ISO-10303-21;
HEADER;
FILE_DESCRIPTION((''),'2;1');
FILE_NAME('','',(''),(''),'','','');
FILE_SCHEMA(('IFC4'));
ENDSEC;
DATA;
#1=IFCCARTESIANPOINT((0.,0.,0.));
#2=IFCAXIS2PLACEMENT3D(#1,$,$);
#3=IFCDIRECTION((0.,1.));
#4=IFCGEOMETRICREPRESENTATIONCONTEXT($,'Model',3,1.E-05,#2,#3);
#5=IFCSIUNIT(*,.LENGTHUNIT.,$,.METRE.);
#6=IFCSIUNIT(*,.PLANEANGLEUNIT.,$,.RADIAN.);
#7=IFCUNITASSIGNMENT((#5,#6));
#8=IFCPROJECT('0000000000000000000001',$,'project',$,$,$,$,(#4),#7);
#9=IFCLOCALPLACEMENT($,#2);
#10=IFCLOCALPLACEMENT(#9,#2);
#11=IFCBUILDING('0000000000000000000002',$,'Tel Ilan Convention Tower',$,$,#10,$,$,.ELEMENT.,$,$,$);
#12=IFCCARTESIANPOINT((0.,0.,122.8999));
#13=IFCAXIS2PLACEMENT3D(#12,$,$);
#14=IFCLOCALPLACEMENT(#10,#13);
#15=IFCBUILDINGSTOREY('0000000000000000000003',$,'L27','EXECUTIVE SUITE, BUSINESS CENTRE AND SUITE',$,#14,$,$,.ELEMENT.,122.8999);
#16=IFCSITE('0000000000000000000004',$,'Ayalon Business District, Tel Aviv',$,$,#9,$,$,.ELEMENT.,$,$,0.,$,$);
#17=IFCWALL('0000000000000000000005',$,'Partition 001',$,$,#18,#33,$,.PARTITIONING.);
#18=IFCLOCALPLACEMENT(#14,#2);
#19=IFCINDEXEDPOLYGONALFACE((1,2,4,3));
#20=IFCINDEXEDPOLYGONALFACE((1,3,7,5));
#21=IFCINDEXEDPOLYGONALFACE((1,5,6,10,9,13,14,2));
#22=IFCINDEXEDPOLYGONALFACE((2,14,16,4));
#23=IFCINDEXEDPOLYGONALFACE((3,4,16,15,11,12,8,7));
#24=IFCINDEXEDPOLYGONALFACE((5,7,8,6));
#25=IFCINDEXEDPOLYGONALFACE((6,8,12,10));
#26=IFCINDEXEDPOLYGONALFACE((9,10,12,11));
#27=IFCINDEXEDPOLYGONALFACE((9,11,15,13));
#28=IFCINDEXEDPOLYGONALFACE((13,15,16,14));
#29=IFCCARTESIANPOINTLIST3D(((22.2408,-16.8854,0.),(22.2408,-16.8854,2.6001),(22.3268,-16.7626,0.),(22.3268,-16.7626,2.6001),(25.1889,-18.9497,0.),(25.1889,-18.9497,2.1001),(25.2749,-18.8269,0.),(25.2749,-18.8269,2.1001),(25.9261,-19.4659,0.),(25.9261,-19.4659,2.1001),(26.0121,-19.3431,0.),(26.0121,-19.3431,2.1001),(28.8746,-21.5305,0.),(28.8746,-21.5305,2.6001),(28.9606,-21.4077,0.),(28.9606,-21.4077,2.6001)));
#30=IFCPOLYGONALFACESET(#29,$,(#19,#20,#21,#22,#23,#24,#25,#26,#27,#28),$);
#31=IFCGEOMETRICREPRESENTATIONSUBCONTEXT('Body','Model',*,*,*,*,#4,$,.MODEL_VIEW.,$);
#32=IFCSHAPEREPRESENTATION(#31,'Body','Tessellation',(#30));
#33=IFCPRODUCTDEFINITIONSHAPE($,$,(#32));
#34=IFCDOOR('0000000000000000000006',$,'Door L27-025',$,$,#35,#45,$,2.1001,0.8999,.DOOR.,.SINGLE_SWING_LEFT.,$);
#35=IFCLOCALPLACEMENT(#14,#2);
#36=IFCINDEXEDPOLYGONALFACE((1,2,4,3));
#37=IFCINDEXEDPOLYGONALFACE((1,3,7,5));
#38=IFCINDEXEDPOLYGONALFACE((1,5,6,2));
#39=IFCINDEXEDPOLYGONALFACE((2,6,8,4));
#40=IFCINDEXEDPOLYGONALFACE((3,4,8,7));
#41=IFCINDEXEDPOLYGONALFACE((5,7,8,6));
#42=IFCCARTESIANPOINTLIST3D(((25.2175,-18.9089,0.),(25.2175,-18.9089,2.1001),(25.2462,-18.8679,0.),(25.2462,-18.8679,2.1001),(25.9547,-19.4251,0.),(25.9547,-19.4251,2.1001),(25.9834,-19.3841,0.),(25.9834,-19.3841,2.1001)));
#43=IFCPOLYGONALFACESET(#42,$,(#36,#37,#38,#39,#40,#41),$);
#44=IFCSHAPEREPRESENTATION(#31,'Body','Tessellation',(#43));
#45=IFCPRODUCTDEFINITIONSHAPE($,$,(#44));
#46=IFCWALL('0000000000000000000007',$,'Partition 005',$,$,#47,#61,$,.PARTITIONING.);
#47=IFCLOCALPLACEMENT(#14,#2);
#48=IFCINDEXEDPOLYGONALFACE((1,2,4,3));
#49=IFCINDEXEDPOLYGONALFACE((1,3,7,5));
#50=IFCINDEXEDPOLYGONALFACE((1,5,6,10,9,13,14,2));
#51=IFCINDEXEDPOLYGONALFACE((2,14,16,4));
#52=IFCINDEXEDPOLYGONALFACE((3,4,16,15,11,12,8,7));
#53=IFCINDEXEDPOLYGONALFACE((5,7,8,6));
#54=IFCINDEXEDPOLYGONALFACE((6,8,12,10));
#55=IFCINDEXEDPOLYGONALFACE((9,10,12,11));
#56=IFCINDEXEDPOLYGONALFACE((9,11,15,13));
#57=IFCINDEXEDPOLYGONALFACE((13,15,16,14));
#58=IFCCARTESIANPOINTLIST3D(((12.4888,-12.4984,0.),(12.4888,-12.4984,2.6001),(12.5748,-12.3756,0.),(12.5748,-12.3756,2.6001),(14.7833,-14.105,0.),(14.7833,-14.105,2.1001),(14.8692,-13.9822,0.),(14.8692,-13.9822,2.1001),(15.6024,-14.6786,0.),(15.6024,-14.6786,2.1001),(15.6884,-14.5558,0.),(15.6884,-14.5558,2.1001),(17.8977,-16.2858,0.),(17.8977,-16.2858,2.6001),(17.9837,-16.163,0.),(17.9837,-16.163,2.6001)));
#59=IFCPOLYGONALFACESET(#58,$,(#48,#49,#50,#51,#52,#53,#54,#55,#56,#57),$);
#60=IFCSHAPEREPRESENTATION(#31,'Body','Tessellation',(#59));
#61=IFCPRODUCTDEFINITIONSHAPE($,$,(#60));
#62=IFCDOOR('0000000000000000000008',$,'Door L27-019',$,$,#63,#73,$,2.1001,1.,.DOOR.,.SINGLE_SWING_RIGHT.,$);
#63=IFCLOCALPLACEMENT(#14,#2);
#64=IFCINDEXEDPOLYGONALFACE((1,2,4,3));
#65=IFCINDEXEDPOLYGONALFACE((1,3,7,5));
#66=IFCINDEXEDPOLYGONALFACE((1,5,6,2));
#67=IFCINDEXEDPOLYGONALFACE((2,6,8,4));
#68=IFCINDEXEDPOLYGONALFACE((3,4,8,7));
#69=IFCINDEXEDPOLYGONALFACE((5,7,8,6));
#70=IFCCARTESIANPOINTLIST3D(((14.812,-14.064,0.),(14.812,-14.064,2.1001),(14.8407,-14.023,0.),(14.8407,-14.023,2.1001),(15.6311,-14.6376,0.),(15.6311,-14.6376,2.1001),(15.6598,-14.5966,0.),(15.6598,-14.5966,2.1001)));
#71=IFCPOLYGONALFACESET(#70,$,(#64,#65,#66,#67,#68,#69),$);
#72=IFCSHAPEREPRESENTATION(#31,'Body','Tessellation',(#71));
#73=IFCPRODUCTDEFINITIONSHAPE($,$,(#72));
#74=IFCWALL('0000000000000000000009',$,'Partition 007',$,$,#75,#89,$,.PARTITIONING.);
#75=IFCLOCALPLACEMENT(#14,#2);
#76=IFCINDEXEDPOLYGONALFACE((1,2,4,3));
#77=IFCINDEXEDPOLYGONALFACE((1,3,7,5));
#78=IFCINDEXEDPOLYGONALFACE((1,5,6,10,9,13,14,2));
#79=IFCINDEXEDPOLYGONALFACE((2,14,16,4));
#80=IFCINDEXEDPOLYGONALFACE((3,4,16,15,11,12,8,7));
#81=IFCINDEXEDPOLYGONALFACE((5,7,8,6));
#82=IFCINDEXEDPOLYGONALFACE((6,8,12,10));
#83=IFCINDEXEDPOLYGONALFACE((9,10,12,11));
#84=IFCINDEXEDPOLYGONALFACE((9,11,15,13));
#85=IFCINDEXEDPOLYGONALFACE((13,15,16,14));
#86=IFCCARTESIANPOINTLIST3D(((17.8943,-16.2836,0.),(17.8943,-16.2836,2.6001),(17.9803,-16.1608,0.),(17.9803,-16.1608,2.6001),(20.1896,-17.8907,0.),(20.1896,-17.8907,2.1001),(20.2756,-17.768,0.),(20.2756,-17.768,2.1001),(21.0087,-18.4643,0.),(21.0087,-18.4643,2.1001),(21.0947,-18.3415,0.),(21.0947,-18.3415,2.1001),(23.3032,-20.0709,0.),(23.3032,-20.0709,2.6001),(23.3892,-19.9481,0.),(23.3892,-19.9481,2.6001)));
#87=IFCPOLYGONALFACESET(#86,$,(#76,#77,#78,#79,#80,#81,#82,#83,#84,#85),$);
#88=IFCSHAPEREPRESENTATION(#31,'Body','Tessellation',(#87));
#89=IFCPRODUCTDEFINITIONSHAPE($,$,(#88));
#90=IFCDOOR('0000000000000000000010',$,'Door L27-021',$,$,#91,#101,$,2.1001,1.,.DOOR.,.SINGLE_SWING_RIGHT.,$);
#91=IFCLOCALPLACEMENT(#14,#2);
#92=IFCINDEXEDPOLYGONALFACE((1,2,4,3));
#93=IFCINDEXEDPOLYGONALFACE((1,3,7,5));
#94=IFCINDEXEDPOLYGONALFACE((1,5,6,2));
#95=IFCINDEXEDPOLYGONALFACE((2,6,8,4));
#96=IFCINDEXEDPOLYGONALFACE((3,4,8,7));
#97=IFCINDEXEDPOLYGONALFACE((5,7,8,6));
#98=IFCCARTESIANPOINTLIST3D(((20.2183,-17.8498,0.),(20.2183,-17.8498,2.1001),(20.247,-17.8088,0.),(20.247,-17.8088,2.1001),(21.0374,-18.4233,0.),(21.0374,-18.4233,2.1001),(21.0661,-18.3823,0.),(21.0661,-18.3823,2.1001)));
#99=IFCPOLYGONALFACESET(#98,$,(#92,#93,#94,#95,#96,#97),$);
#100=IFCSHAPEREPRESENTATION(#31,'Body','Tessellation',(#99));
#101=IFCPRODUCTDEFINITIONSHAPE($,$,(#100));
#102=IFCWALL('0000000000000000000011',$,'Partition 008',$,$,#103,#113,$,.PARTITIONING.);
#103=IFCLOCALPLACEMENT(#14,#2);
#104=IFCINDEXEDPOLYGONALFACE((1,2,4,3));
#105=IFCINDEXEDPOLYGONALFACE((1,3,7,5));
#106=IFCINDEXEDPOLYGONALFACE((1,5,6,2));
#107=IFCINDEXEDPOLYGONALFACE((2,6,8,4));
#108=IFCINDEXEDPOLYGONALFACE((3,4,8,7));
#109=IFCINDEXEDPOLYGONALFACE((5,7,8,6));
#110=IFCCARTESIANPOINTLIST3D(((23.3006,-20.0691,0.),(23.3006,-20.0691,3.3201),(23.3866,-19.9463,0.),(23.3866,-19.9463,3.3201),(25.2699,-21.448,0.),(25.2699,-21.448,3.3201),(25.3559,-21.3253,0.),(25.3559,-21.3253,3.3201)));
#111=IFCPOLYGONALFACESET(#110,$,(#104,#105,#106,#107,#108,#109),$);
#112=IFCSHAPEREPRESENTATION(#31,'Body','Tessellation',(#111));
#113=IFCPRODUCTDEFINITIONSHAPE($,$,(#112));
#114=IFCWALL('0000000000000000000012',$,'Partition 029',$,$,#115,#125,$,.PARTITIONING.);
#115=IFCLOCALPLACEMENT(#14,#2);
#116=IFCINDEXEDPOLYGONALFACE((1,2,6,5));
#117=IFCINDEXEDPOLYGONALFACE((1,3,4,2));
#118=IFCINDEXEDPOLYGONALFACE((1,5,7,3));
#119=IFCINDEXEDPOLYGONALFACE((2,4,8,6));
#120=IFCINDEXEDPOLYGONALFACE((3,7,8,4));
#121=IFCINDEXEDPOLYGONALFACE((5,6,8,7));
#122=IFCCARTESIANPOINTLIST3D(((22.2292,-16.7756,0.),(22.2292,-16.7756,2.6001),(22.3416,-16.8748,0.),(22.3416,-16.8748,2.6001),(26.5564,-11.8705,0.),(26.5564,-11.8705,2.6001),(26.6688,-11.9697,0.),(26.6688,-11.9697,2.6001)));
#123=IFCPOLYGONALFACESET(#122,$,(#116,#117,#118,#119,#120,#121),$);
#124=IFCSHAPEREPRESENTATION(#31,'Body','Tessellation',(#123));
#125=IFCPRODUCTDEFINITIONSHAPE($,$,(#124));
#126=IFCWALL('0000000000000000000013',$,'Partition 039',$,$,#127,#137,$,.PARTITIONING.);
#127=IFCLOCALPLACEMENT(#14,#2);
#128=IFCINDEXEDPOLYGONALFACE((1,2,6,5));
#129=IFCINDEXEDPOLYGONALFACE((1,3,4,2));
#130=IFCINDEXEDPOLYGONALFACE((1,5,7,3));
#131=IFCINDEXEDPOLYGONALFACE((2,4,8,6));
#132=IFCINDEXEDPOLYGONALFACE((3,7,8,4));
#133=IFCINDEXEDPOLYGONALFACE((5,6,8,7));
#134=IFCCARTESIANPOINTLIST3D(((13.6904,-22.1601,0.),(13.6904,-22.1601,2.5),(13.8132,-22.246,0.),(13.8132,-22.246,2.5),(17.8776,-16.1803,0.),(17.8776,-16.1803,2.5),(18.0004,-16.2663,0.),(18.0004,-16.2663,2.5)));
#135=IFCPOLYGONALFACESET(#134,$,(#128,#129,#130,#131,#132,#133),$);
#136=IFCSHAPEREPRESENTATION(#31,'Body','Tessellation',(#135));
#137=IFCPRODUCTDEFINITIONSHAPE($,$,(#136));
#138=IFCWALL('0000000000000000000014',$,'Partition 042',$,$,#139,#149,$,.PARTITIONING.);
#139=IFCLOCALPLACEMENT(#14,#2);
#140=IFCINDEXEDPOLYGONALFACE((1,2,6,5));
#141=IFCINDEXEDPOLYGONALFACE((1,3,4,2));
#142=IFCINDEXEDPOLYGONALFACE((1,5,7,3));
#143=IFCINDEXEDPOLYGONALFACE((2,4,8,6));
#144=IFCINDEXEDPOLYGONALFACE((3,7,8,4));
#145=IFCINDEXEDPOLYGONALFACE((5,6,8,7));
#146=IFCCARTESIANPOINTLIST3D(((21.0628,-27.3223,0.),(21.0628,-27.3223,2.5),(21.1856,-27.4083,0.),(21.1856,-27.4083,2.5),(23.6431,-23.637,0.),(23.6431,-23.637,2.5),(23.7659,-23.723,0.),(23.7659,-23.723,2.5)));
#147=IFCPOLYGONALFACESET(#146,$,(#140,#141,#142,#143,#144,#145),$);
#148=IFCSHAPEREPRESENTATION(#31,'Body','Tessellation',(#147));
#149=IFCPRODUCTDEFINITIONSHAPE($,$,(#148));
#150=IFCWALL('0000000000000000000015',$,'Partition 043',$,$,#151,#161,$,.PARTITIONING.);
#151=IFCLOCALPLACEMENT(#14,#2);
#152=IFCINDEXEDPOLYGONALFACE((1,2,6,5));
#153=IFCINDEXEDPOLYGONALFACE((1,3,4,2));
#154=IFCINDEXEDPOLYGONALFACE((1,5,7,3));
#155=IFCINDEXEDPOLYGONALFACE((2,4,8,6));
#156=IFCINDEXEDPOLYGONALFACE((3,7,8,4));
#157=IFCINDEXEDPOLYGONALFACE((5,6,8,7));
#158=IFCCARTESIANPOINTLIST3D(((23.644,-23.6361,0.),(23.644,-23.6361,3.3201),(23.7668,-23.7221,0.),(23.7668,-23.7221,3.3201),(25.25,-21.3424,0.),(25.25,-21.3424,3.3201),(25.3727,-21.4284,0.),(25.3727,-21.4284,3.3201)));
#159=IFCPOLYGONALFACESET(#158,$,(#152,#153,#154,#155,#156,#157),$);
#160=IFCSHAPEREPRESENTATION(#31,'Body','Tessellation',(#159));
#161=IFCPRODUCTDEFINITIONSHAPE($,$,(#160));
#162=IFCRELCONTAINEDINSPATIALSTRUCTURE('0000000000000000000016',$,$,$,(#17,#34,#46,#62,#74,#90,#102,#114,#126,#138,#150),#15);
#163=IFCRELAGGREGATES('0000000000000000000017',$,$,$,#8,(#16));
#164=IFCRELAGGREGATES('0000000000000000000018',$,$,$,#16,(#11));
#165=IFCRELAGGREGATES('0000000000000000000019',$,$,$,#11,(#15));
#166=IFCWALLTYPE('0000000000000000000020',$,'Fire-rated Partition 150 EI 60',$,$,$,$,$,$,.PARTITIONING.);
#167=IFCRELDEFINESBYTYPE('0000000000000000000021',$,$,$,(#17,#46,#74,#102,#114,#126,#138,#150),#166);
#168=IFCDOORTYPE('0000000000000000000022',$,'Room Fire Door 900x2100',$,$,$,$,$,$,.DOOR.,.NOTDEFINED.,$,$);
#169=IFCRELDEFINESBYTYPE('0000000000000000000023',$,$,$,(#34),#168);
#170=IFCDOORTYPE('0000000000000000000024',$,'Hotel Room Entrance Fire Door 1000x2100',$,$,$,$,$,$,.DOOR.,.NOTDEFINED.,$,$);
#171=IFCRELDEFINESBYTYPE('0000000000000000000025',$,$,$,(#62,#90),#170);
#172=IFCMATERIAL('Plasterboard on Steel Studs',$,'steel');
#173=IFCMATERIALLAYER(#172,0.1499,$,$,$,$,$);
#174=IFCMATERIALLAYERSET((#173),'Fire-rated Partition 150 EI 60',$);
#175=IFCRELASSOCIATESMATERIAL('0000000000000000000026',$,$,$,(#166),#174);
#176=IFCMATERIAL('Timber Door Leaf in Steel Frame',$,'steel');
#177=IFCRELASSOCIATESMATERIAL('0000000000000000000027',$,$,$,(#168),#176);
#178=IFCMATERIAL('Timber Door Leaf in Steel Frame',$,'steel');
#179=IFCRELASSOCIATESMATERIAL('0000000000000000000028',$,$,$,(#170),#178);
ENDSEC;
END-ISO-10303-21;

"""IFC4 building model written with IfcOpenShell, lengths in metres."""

from ifc_helpers import new_model, si_unit, direction, frame, frame_2d, origin, place, context, subcontext, project, spatial, rectangle, extrude, material, layer, layer_set, type_object, element, fill, save


model = new_model("IFC4")

# Units and contexts
model_context = context("Model", 3, precision=1e-05, world=origin(), true_north=direction((0.0, 1.0)))
body_context = subcontext(model_context, "Body", "Model", "MODEL_VIEW")
ifc_project = project(units=[si_unit("LENGTHUNIT", "METRE"), si_unit("PLANEANGLEUNIT", "RADIAN")], contexts=[model_context])

# Site, building, storey
site_placement = place(None, origin())
site = spatial("IfcSite", under=ifc_project, at=site_placement, Name="Ayalon Business District, Tel Aviv", CompositionType="ELEMENT", RefElevation=0.0)
building_placement = place(site_placement, origin())
building = spatial("IfcBuilding", under=site, at=building_placement, Name="Tel Ilan Convention Tower", CompositionType="ELEMENT")
storey_placement = place(building_placement, frame((0.0, 0.0, 122.8999)))
storey = spatial("IfcBuildingStorey", under=building, at=storey_placement, Name="L27", Description="EXECUTIVE SUITE, BUSINESS CENTRE AND SUITE", CompositionType="ELEMENT", Elevation=122.8999)

# Walls, openings, doors
ifc_material_1 = material(Name="Plasterboard on Steel Studs", Category="steel")
ifc_layer_1 = layer(ifc_material_1, 0.1499)
ifc_layer_set_1 = layer_set([ifc_layer_1], Name="Fire-rated Partition 150 EI 60")
wall_type_1 = type_object("IfcWallType", Name="Fire-rated Partition 150 EI 60", PredefinedType="PARTITIONING", material=ifc_layer_set_1)
wall_1_placement = place(storey_placement, frame((22.2837, -16.824, 0.0), z_axis=(0.0, 0.0, 1.0), x_axis=(0.819153, -0.573576, 0.0)))
wall_1 = element("IfcWall", 1, at=wall_1_placement, inside=storey, type_object=wall_type_1, Name="Partition 001", PredefinedType="PARTITIONING", context=body_context, shape_type="SweptSolid", body=[
    extrude(rectangle(XDim=8.0984, YDim=0.1499, at=frame_2d((4.0493, 0.0))), origin(), (0.0, 0.0, 1.0), 2.6001),
])
opening_1_placement = place(wall_1_placement, frame((3.5991, 0.0, 0.0)))
opening_1 = element("IfcOpeningElement", 2, at=opening_1_placement, cuts=wall_1, PredefinedType="OPENING", context=body_context, shape_type="SweptSolid", body=[
    extrude(rectangle(XDim=0.8999, YDim=2.1001, at=frame_2d((0.45, 1.05))), frame((0.0, 0.085, 0.0), z_axis=(0.0, -1.0, 0.0), x_axis=(1.0, 0.0, 0.0)), (0.0, 0.0, 1.0), 0.1699),
])
ifc_material_2 = material(Name="Timber Door Leaf in Steel Frame", Category="steel")
door_type_1 = type_object("IfcDoorType", Name="Room Fire Door 900x2100", OperationType="NOTDEFINED", PredefinedType="DOOR", material=ifc_material_2)
door_1_placement = place(opening_1_placement, origin())
door_1 = element("IfcDoor", 3, at=door_1_placement, inside=storey, type_object=door_type_1, Name="Door L27-025", OperationType="SINGLE_SWING_LEFT", OverallHeight=2.1001, OverallWidth=0.8999, PredefinedType="DOOR", context=body_context, shape_type="SweptSolid", body=[
    extrude(rectangle(XDim=0.8999, YDim=2.1001, at=frame_2d((0.45, 1.05))), frame((0.0, 0.0249, 0.0), z_axis=(0.0, -1.0, 0.0), x_axis=(1.0, 0.0, 0.0)), (0.0, 0.0, 1.0), 0.05),
])
fill(opening_1, door_1)
wall_2_placement = place(storey_placement, frame((17.9407, -16.2244, 0.0), z_axis=(0.0, 0.0, 1.0), x_axis=(-0.819154, 0.573574, 0.0)))
wall_2 = element("IfcWall", 4, at=wall_2_placement, inside=storey, type_object=wall_type_1, Name="Partition 005", PredefinedType="PARTITIONING", context=body_context, shape_type="SweptSolid", body=[
    extrude(rectangle(XDim=6.603, YDim=0.1499, at=frame_2d((3.3015, 0.0))), origin(), (0.0, 0.0, 1.0), 2.6001),
])
opening_2_placement = place(wall_2_placement, frame((2.802, 0.0, 0.0)))
opening_2 = element("IfcOpeningElement", 5, at=opening_2_placement, cuts=wall_2, PredefinedType="OPENING", context=body_context, shape_type="SweptSolid", body=[
    extrude(rectangle(XDim=1.0, YDim=2.1001, at=frame_2d((0.5, 1.05))), frame((0.0, 0.085, 0.0), z_axis=(0.0, -1.0, 0.0), x_axis=(1.0, 0.0, 0.0)), (0.0, 0.0, 1.0), 0.1699),
])
ifc_material_3 = material(Name="Timber Door Leaf in Steel Frame", Category="steel")
door_type_2 = type_object("IfcDoorType", Name="Hotel Room Entrance Fire Door 1000x2100", OperationType="NOTDEFINED", PredefinedType="DOOR", material=ifc_material_3)
door_2_placement = place(opening_2_placement, origin())
door_2 = element("IfcDoor", 6, at=door_2_placement, inside=storey, type_object=door_type_2, Name="Door L27-019", OperationType="SINGLE_SWING_RIGHT", OverallHeight=2.1001, OverallWidth=1.0, PredefinedType="DOOR", context=body_context, shape_type="SweptSolid", body=[
    extrude(rectangle(XDim=1.0, YDim=2.1001, at=frame_2d((0.5, 1.05))), frame((0.0, 0.0249, 0.0), z_axis=(0.0, -1.0, 0.0), x_axis=(1.0, 0.0, 0.0)), (0.0, 0.0, 1.0), 0.05),
])
fill(opening_2, door_2)
wall_3_placement = place(storey_placement, frame((23.3462, -20.0095, 0.0), z_axis=(0.0, 0.0, 1.0), x_axis=(-0.819154, 0.573574, 0.0)))
wall_3 = element("IfcWall", 7, at=wall_3_placement, inside=storey, type_object=wall_type_1, Name="Partition 007", PredefinedType="PARTITIONING", context=body_context, shape_type="SweptSolid", body=[
    extrude(rectangle(XDim=6.603, YDim=0.1499, at=frame_2d((3.3015, 0.0))), origin(), (0.0, 0.0, 1.0), 2.6001),
])
opening_3_placement = place(wall_3_placement, frame((2.801, 0.0, 0.0)))
opening_3 = element("IfcOpeningElement", 8, at=opening_3_placement, cuts=wall_3, PredefinedType="OPENING", context=body_context, shape_type="SweptSolid", body=[
    extrude(rectangle(XDim=1.0, YDim=2.1001, at=frame_2d((0.5, 1.05))), frame((0.0, 0.085, 0.0), z_axis=(0.0, -1.0, 0.0), x_axis=(1.0, 0.0, 0.0)), (0.0, 0.0, 1.0), 0.1699),
])
door_3_placement = place(opening_3_placement, origin())
door_3 = element("IfcDoor", 9, at=door_3_placement, inside=storey, type_object=door_type_2, Name="Door L27-021", OperationType="SINGLE_SWING_RIGHT", OverallHeight=2.1001, OverallWidth=1.0, PredefinedType="DOOR", context=body_context, shape_type="SweptSolid", body=[
    extrude(rectangle(XDim=1.0, YDim=2.1001, at=frame_2d((0.5, 1.05))), frame((0.0, 0.0249, 0.0), z_axis=(0.0, -1.0, 0.0), x_axis=(1.0, 0.0, 0.0)), (0.0, 0.0, 1.0), 0.05),
])
fill(opening_3, door_3)

# Walls
wall_4_placement = place(storey_placement, frame((25.313, -21.3867, 0.0), z_axis=(0.0, 0.0, 1.0), x_axis=(-0.819146, 0.573585, 0.0)))
element("IfcWall", 10, at=wall_4_placement, inside=storey, type_object=wall_type_1, Name="Partition 008", PredefinedType="PARTITIONING", context=body_context, shape_type="SweptSolid", body=[
    extrude(rectangle(XDim=2.4041, YDim=0.1499, at=frame_2d((1.2021, 0.0))), origin(), (0.0, 0.0, 1.0), 3.3201),
])
wall_5_placement = place(storey_placement, frame((22.2854, -16.8252, 0.0), z_axis=(0.0, 0.0, 1.0), x_axis=(0.661551, 0.7499, 0.0)))
element("IfcWall", 11, at=wall_5_placement, inside=storey, type_object=wall_type_1, Name="Partition 029", PredefinedType="PARTITIONING", context=body_context, shape_type="SweptSolid", body=[
    extrude(rectangle(XDim=6.541, YDim=0.1499, at=frame_2d((3.2705, 0.0))), origin(), (0.0, 0.0, 1.0), 2.6001),
])
wall_6_placement = place(storey_placement, frame((17.939, -16.2234, 0.0), z_axis=(0.0, 0.0, 1.0), x_axis=(-0.573595, -0.819139, 0.0)))
element("IfcWall", 12, at=wall_6_placement, inside=storey, type_object=wall_type_1, Name="Partition 039", PredefinedType="PARTITIONING", context=body_context, shape_type="SweptSolid", body=[
    extrude(rectangle(XDim=7.3, YDim=0.1499, at=frame_2d((3.6499, 0.0))), origin(), (0.0, 0.0, 1.0), 2.5),
])
wall_7_placement = place(storey_placement, frame((23.7046, -23.6799, 0.0), z_axis=(0.0, 0.0, 1.0), x_axis=(-0.573553, -0.819168, 0.0)))
element("IfcWall", 13, at=wall_7_placement, inside=storey, type_object=wall_type_1, Name="Partition 042", PredefinedType="PARTITIONING", context=body_context, shape_type="SweptSolid", body=[
    extrude(rectangle(XDim=4.4988, YDim=0.1499, at=frame_2d((2.2495, 0.0))), origin(), (0.0, 0.0, 1.0), 2.5),
])
wall_8_placement = place(storey_placement, frame((25.3113, -21.3855, 0.0), z_axis=(0.0, 0.0, 1.0), x_axis=(-0.57355, -0.81917, 0.0)))
element("IfcWall", 14, at=wall_8_placement, inside=storey, type_object=wall_type_1, Name="Partition 043", PredefinedType="PARTITIONING", context=body_context, shape_type="SweptSolid", body=[
    extrude(rectangle(XDim=2.8, YDim=0.1499, at=frame_2d((1.3999, 0.0))), origin(), (0.0, 0.0, 1.0), 3.3201),
])

save(model, "model.ifc")
